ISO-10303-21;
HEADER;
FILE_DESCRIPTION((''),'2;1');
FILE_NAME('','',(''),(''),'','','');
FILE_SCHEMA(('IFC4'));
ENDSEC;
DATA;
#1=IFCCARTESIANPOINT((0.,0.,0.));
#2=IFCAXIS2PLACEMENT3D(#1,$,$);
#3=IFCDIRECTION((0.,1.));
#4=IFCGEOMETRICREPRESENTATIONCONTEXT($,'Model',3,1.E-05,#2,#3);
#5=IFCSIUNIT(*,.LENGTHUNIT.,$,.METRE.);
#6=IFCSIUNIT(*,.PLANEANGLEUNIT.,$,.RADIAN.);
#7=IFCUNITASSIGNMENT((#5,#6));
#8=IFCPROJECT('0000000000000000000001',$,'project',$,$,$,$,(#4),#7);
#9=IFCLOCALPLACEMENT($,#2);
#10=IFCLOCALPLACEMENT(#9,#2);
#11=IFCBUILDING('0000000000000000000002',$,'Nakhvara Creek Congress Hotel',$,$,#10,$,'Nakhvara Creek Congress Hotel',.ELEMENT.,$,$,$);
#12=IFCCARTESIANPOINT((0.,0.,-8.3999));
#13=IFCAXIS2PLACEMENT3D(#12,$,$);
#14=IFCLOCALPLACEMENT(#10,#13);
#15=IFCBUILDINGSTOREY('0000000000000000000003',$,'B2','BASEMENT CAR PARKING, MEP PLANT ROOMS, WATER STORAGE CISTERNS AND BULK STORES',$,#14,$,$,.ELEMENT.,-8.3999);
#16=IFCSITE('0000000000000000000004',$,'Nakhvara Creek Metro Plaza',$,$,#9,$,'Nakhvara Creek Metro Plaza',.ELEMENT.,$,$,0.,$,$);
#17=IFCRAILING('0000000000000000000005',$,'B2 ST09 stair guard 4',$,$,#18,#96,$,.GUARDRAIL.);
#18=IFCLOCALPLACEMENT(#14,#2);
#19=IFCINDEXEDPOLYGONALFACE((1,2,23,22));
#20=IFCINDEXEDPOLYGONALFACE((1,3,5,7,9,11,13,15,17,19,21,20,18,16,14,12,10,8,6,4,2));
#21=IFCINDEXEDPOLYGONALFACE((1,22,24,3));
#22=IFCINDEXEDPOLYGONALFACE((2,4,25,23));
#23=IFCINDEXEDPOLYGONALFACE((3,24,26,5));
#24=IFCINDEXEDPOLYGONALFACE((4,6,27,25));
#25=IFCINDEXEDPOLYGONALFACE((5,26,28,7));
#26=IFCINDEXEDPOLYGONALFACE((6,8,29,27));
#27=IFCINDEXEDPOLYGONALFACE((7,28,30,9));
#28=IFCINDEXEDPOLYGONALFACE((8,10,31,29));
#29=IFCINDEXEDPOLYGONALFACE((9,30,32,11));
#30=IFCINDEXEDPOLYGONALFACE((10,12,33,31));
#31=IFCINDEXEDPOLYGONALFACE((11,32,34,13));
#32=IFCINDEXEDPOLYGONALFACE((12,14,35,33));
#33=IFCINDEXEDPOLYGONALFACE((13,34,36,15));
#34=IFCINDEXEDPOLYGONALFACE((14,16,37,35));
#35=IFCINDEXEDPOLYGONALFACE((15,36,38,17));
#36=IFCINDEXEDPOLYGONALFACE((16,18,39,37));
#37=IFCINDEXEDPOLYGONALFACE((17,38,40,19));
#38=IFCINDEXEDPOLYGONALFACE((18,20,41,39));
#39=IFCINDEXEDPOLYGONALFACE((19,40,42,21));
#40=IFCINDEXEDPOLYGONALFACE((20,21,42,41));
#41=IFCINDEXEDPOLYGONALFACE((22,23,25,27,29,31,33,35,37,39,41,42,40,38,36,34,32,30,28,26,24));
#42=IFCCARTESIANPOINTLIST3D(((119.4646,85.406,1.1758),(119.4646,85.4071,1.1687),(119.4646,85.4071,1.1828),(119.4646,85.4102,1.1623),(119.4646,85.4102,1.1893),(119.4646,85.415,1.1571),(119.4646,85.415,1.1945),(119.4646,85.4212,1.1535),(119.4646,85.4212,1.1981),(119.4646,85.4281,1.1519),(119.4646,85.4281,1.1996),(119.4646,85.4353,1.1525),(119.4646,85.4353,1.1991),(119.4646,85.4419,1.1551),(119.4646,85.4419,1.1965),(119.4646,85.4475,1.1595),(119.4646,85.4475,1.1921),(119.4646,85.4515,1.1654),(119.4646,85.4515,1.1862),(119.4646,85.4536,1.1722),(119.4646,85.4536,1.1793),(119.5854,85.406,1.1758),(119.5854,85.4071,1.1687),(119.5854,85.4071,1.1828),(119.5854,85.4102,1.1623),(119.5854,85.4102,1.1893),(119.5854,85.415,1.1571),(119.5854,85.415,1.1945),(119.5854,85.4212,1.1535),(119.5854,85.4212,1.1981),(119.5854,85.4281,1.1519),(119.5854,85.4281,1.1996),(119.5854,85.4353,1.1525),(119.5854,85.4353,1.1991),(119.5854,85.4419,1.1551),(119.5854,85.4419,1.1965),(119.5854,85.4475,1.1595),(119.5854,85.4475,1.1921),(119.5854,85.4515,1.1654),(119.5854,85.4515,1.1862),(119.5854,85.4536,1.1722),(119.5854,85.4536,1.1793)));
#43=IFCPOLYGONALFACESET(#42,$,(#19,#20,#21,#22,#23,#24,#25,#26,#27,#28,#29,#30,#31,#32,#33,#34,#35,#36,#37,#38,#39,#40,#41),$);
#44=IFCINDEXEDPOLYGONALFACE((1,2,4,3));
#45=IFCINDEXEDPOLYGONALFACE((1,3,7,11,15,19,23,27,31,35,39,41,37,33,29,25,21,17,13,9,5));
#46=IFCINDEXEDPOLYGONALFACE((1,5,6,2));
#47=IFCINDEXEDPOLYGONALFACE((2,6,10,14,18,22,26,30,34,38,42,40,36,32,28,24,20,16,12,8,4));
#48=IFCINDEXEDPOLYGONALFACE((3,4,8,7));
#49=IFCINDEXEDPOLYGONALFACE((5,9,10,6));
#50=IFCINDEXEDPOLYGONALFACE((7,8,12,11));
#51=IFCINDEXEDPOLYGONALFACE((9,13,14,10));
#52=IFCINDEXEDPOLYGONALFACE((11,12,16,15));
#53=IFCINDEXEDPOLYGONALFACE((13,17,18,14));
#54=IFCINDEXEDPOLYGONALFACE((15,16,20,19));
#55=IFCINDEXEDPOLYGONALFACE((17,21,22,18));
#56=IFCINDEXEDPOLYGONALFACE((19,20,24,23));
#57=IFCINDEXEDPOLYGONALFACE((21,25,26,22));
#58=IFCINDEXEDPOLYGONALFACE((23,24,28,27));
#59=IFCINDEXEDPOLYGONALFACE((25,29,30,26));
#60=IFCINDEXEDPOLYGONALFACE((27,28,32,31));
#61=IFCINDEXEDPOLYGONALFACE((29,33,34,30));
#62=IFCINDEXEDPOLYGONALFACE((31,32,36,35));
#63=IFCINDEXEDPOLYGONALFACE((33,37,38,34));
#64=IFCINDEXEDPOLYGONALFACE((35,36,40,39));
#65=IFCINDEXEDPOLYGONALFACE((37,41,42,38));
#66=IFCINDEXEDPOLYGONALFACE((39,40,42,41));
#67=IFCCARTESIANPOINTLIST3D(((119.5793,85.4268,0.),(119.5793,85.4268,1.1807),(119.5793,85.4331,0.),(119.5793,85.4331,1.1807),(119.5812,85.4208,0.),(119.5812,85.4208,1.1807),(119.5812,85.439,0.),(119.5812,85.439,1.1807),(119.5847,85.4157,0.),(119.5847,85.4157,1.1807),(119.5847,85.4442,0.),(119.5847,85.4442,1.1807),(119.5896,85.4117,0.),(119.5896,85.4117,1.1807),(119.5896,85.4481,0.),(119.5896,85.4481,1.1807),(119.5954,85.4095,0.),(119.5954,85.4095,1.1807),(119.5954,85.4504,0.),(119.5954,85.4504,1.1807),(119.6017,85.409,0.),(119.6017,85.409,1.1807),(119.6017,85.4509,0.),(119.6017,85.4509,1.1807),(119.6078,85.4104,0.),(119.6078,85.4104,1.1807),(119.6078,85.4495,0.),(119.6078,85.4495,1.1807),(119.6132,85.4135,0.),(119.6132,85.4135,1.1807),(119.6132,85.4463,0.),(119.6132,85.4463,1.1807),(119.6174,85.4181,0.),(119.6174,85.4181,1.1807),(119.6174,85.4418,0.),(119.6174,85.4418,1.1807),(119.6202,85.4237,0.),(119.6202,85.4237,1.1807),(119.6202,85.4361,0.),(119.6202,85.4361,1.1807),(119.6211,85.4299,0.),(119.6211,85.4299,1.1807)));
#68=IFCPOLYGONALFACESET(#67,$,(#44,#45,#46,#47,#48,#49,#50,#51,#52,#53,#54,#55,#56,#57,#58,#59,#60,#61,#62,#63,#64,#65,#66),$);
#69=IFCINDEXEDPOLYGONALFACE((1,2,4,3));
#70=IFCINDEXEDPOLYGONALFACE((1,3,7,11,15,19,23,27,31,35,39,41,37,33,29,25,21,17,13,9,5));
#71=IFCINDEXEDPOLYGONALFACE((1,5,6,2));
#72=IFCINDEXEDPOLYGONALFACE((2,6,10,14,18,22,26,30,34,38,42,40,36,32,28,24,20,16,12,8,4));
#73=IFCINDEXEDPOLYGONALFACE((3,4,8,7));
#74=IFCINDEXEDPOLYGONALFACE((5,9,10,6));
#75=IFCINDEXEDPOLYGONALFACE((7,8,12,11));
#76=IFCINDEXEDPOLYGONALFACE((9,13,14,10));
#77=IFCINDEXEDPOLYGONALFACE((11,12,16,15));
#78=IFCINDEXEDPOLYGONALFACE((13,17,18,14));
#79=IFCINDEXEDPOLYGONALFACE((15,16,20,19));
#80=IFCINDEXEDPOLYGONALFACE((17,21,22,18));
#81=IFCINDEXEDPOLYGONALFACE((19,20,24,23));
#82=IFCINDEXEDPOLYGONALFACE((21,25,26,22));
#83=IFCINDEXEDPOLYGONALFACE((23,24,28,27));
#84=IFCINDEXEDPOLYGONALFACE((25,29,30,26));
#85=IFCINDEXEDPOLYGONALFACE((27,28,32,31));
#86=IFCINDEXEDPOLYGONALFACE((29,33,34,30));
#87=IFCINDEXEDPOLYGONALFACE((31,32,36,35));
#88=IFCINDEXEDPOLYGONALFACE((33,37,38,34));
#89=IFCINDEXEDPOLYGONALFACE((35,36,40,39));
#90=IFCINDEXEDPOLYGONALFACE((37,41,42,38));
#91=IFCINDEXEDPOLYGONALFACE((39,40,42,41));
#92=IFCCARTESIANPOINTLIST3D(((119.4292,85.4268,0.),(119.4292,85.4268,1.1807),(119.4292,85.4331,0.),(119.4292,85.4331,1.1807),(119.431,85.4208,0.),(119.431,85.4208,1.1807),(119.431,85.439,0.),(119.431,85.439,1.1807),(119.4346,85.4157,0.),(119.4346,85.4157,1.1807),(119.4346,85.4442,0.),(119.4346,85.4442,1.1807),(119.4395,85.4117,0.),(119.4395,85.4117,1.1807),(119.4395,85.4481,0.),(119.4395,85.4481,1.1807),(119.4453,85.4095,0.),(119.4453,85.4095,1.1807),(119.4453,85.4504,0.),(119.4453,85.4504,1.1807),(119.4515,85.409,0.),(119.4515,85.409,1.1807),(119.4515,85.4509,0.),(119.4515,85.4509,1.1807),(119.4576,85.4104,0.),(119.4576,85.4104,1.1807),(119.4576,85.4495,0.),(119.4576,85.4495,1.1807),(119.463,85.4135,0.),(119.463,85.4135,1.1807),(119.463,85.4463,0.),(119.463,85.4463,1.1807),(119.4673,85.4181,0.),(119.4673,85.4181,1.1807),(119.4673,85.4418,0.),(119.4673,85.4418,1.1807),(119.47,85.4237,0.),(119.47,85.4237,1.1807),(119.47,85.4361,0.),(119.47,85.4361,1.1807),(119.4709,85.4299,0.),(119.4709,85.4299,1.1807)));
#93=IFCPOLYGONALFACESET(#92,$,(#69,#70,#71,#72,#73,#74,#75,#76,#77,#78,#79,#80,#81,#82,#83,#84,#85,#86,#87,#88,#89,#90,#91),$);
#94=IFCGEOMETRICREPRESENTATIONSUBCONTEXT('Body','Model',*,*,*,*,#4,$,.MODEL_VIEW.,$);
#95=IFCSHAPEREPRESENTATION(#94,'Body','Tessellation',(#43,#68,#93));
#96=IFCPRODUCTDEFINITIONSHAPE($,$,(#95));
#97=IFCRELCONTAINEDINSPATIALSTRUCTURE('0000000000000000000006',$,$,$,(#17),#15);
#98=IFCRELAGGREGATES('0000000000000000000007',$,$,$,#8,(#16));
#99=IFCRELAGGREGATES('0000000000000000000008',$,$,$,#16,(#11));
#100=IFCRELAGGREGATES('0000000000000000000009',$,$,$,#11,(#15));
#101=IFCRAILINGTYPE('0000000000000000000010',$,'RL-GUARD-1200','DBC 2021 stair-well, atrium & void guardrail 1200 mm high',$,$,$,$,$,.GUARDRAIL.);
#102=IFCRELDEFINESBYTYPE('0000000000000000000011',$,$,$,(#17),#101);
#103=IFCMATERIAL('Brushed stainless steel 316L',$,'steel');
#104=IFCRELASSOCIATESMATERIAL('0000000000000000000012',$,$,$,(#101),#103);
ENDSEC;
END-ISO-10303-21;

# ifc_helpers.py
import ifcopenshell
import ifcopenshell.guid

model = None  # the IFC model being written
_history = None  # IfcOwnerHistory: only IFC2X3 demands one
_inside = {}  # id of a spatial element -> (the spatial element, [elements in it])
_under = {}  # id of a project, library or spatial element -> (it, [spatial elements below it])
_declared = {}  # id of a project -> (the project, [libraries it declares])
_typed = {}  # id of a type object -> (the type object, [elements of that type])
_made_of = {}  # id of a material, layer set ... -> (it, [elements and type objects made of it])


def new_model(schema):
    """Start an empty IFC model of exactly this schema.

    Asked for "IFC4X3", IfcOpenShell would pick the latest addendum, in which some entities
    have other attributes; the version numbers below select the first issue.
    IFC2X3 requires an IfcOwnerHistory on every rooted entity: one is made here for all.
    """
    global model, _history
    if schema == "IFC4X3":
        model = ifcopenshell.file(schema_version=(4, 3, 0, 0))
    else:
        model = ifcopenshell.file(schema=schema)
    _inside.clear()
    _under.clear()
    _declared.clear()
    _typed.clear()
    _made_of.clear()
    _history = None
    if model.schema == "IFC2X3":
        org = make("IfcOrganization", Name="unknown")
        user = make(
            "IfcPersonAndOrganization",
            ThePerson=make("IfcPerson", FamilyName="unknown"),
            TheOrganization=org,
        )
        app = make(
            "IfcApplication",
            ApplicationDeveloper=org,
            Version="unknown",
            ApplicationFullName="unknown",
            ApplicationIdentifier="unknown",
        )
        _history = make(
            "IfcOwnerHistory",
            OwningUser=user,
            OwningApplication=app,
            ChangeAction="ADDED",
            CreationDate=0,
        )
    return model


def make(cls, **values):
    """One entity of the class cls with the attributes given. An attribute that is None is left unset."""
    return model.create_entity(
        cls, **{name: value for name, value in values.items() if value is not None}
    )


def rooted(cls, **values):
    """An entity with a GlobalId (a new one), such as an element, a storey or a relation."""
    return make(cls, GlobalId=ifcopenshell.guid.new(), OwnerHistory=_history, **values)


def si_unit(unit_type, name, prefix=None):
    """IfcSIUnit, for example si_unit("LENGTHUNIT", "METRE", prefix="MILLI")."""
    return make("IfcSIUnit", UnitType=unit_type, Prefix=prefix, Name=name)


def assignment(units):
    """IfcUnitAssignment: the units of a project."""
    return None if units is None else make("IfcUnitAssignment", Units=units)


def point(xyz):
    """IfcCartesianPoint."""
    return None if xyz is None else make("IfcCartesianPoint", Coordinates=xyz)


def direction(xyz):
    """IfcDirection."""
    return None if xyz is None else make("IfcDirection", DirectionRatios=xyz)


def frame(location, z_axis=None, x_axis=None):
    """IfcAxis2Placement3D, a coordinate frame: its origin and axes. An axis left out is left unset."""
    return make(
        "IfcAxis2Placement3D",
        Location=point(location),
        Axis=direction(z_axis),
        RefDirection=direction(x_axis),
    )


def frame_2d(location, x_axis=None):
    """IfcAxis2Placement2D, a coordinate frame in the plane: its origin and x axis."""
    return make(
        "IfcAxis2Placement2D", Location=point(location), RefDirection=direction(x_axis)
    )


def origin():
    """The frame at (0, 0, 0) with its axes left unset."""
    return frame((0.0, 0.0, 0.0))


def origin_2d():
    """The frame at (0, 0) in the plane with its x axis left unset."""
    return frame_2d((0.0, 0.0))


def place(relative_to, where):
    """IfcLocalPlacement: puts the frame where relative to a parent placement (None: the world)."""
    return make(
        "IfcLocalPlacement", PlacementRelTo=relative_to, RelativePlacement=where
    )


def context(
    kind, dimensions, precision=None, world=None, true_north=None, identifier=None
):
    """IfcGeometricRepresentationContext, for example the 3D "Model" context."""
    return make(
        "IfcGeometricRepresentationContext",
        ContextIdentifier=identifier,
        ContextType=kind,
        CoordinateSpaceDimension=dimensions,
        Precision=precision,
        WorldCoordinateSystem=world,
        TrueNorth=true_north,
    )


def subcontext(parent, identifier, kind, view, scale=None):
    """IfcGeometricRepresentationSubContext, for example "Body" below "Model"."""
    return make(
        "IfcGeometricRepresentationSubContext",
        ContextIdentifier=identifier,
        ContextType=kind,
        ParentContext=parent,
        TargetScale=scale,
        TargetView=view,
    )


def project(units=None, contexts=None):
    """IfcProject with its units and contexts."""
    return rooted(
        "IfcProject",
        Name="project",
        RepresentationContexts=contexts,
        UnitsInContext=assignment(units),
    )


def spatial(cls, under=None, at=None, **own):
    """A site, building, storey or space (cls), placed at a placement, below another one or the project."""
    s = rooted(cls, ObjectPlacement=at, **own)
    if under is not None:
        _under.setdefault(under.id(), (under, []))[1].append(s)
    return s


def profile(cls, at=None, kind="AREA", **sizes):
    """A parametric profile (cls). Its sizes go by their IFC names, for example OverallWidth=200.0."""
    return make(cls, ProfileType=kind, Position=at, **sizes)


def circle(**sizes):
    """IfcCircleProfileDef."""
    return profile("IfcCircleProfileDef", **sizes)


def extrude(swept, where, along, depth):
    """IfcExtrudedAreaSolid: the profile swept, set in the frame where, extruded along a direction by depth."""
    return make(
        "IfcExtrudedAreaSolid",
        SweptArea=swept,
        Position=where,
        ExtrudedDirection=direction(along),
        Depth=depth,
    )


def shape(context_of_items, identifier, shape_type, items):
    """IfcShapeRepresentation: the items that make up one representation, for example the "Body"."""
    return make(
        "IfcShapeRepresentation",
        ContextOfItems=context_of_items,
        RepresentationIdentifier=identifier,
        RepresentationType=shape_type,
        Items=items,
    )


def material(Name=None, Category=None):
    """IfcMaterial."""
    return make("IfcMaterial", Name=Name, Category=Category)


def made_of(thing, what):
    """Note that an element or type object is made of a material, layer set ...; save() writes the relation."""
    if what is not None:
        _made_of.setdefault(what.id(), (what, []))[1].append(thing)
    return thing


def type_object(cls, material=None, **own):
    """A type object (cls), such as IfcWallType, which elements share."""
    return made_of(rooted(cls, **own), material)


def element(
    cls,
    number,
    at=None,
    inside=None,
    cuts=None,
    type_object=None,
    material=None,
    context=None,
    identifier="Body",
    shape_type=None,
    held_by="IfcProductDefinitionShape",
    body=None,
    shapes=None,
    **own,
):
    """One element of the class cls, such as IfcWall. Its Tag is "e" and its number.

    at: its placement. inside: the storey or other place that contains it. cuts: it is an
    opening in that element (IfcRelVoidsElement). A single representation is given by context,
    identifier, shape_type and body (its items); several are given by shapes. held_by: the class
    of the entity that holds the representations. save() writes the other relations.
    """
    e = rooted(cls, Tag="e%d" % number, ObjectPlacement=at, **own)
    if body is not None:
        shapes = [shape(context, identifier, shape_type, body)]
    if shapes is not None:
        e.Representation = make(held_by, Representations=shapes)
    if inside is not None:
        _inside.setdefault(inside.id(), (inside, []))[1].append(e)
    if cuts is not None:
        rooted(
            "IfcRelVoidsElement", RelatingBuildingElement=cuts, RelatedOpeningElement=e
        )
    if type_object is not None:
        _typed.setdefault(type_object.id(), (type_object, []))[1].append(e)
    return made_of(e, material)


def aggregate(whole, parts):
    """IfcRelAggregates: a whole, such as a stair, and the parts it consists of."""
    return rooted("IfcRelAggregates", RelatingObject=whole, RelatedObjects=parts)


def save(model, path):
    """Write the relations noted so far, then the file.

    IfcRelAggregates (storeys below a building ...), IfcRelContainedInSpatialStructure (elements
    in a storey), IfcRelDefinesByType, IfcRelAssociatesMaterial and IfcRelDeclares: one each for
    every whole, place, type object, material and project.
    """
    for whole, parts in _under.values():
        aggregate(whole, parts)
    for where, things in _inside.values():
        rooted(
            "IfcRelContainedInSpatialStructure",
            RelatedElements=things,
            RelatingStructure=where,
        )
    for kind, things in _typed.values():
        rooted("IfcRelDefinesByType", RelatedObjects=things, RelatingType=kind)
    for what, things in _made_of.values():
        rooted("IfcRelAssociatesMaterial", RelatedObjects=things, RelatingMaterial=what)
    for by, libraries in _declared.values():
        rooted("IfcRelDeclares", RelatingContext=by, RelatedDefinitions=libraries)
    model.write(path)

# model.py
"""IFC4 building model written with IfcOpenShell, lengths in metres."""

from ifc_helpers import new_model, si_unit, direction, frame, origin, origin_2d, place, context, subcontext, project, spatial, circle, extrude, material, type_object, element, save


model = new_model("IFC4")

# Units and contexts
model_context = context("Model", 3, precision=1e-05, world=origin(), true_north=direction((0.0, 1.0)))
body_context = subcontext(model_context, "Body", "Model", "MODEL_VIEW")
ifc_project = project(units=[si_unit("LENGTHUNIT", "METRE"), si_unit("PLANEANGLEUNIT", "RADIAN")], contexts=[model_context])

# Site, building, storey
site_placement = place(None, origin())
site = spatial("IfcSite", under=ifc_project, at=site_placement, Name="Nakhvara Creek Metro Plaza", LongName="Nakhvara Creek Metro Plaza", CompositionType="ELEMENT", RefElevation=0.0)
building_placement = place(site_placement, origin())
building = spatial("IfcBuilding", under=site, at=building_placement, Name="Nakhvara Creek Congress Hotel", LongName="Nakhvara Creek Congress Hotel", CompositionType="ELEMENT")
storey_placement = place(building_placement, frame((0.0, 0.0, -8.3999)))
storey = spatial("IfcBuildingStorey", under=building, at=storey_placement, Name="B2", Description="BASEMENT CAR PARKING, MEP PLANT ROOMS, WATER STORAGE CISTERNS AND BULK STORES", CompositionType="ELEMENT", Elevation=-8.3999)

# Railing
ifc_material_1 = material(Name="Brushed stainless steel 316L", Category="steel")
railing_type_1 = type_object("IfcRailingType", Name="RL-GUARD-1200", Description="DBC 2021 stair-well, atrium & void guardrail 1200 mm high", PredefinedType="GUARDRAIL", material=ifc_material_1)
railing_1_placement = place(storey_placement, frame((119.6001, 85.4299, 0.0)))
element("IfcRailing", 1, at=railing_1_placement, inside=storey, type_object=railing_type_1, Name="B2 ST09 stair guard 4", PredefinedType="GUARDRAIL", context=body_context, shape_type="SweptSolid", body=[
    extrude(circle(Radius=0.0239, at=origin_2d()), frame((-0.0146, 0.0, 1.1758), z_axis=(-1.0, 0.0, 0.0), x_axis=(0.0, -1.0, 0.0)), (0.0, 0.0, 1.0), 0.1208),
    extrude(circle(Radius=0.021, at=origin_2d()), origin(), (0.0, 0.0, 1.0), 1.1807),
    extrude(circle(Radius=0.021, at=origin_2d()), frame((-0.1501, 0.0, 0.0)), (0.0, 0.0, 1.0), 1.1807),
])

save(model, "model.ifc")
